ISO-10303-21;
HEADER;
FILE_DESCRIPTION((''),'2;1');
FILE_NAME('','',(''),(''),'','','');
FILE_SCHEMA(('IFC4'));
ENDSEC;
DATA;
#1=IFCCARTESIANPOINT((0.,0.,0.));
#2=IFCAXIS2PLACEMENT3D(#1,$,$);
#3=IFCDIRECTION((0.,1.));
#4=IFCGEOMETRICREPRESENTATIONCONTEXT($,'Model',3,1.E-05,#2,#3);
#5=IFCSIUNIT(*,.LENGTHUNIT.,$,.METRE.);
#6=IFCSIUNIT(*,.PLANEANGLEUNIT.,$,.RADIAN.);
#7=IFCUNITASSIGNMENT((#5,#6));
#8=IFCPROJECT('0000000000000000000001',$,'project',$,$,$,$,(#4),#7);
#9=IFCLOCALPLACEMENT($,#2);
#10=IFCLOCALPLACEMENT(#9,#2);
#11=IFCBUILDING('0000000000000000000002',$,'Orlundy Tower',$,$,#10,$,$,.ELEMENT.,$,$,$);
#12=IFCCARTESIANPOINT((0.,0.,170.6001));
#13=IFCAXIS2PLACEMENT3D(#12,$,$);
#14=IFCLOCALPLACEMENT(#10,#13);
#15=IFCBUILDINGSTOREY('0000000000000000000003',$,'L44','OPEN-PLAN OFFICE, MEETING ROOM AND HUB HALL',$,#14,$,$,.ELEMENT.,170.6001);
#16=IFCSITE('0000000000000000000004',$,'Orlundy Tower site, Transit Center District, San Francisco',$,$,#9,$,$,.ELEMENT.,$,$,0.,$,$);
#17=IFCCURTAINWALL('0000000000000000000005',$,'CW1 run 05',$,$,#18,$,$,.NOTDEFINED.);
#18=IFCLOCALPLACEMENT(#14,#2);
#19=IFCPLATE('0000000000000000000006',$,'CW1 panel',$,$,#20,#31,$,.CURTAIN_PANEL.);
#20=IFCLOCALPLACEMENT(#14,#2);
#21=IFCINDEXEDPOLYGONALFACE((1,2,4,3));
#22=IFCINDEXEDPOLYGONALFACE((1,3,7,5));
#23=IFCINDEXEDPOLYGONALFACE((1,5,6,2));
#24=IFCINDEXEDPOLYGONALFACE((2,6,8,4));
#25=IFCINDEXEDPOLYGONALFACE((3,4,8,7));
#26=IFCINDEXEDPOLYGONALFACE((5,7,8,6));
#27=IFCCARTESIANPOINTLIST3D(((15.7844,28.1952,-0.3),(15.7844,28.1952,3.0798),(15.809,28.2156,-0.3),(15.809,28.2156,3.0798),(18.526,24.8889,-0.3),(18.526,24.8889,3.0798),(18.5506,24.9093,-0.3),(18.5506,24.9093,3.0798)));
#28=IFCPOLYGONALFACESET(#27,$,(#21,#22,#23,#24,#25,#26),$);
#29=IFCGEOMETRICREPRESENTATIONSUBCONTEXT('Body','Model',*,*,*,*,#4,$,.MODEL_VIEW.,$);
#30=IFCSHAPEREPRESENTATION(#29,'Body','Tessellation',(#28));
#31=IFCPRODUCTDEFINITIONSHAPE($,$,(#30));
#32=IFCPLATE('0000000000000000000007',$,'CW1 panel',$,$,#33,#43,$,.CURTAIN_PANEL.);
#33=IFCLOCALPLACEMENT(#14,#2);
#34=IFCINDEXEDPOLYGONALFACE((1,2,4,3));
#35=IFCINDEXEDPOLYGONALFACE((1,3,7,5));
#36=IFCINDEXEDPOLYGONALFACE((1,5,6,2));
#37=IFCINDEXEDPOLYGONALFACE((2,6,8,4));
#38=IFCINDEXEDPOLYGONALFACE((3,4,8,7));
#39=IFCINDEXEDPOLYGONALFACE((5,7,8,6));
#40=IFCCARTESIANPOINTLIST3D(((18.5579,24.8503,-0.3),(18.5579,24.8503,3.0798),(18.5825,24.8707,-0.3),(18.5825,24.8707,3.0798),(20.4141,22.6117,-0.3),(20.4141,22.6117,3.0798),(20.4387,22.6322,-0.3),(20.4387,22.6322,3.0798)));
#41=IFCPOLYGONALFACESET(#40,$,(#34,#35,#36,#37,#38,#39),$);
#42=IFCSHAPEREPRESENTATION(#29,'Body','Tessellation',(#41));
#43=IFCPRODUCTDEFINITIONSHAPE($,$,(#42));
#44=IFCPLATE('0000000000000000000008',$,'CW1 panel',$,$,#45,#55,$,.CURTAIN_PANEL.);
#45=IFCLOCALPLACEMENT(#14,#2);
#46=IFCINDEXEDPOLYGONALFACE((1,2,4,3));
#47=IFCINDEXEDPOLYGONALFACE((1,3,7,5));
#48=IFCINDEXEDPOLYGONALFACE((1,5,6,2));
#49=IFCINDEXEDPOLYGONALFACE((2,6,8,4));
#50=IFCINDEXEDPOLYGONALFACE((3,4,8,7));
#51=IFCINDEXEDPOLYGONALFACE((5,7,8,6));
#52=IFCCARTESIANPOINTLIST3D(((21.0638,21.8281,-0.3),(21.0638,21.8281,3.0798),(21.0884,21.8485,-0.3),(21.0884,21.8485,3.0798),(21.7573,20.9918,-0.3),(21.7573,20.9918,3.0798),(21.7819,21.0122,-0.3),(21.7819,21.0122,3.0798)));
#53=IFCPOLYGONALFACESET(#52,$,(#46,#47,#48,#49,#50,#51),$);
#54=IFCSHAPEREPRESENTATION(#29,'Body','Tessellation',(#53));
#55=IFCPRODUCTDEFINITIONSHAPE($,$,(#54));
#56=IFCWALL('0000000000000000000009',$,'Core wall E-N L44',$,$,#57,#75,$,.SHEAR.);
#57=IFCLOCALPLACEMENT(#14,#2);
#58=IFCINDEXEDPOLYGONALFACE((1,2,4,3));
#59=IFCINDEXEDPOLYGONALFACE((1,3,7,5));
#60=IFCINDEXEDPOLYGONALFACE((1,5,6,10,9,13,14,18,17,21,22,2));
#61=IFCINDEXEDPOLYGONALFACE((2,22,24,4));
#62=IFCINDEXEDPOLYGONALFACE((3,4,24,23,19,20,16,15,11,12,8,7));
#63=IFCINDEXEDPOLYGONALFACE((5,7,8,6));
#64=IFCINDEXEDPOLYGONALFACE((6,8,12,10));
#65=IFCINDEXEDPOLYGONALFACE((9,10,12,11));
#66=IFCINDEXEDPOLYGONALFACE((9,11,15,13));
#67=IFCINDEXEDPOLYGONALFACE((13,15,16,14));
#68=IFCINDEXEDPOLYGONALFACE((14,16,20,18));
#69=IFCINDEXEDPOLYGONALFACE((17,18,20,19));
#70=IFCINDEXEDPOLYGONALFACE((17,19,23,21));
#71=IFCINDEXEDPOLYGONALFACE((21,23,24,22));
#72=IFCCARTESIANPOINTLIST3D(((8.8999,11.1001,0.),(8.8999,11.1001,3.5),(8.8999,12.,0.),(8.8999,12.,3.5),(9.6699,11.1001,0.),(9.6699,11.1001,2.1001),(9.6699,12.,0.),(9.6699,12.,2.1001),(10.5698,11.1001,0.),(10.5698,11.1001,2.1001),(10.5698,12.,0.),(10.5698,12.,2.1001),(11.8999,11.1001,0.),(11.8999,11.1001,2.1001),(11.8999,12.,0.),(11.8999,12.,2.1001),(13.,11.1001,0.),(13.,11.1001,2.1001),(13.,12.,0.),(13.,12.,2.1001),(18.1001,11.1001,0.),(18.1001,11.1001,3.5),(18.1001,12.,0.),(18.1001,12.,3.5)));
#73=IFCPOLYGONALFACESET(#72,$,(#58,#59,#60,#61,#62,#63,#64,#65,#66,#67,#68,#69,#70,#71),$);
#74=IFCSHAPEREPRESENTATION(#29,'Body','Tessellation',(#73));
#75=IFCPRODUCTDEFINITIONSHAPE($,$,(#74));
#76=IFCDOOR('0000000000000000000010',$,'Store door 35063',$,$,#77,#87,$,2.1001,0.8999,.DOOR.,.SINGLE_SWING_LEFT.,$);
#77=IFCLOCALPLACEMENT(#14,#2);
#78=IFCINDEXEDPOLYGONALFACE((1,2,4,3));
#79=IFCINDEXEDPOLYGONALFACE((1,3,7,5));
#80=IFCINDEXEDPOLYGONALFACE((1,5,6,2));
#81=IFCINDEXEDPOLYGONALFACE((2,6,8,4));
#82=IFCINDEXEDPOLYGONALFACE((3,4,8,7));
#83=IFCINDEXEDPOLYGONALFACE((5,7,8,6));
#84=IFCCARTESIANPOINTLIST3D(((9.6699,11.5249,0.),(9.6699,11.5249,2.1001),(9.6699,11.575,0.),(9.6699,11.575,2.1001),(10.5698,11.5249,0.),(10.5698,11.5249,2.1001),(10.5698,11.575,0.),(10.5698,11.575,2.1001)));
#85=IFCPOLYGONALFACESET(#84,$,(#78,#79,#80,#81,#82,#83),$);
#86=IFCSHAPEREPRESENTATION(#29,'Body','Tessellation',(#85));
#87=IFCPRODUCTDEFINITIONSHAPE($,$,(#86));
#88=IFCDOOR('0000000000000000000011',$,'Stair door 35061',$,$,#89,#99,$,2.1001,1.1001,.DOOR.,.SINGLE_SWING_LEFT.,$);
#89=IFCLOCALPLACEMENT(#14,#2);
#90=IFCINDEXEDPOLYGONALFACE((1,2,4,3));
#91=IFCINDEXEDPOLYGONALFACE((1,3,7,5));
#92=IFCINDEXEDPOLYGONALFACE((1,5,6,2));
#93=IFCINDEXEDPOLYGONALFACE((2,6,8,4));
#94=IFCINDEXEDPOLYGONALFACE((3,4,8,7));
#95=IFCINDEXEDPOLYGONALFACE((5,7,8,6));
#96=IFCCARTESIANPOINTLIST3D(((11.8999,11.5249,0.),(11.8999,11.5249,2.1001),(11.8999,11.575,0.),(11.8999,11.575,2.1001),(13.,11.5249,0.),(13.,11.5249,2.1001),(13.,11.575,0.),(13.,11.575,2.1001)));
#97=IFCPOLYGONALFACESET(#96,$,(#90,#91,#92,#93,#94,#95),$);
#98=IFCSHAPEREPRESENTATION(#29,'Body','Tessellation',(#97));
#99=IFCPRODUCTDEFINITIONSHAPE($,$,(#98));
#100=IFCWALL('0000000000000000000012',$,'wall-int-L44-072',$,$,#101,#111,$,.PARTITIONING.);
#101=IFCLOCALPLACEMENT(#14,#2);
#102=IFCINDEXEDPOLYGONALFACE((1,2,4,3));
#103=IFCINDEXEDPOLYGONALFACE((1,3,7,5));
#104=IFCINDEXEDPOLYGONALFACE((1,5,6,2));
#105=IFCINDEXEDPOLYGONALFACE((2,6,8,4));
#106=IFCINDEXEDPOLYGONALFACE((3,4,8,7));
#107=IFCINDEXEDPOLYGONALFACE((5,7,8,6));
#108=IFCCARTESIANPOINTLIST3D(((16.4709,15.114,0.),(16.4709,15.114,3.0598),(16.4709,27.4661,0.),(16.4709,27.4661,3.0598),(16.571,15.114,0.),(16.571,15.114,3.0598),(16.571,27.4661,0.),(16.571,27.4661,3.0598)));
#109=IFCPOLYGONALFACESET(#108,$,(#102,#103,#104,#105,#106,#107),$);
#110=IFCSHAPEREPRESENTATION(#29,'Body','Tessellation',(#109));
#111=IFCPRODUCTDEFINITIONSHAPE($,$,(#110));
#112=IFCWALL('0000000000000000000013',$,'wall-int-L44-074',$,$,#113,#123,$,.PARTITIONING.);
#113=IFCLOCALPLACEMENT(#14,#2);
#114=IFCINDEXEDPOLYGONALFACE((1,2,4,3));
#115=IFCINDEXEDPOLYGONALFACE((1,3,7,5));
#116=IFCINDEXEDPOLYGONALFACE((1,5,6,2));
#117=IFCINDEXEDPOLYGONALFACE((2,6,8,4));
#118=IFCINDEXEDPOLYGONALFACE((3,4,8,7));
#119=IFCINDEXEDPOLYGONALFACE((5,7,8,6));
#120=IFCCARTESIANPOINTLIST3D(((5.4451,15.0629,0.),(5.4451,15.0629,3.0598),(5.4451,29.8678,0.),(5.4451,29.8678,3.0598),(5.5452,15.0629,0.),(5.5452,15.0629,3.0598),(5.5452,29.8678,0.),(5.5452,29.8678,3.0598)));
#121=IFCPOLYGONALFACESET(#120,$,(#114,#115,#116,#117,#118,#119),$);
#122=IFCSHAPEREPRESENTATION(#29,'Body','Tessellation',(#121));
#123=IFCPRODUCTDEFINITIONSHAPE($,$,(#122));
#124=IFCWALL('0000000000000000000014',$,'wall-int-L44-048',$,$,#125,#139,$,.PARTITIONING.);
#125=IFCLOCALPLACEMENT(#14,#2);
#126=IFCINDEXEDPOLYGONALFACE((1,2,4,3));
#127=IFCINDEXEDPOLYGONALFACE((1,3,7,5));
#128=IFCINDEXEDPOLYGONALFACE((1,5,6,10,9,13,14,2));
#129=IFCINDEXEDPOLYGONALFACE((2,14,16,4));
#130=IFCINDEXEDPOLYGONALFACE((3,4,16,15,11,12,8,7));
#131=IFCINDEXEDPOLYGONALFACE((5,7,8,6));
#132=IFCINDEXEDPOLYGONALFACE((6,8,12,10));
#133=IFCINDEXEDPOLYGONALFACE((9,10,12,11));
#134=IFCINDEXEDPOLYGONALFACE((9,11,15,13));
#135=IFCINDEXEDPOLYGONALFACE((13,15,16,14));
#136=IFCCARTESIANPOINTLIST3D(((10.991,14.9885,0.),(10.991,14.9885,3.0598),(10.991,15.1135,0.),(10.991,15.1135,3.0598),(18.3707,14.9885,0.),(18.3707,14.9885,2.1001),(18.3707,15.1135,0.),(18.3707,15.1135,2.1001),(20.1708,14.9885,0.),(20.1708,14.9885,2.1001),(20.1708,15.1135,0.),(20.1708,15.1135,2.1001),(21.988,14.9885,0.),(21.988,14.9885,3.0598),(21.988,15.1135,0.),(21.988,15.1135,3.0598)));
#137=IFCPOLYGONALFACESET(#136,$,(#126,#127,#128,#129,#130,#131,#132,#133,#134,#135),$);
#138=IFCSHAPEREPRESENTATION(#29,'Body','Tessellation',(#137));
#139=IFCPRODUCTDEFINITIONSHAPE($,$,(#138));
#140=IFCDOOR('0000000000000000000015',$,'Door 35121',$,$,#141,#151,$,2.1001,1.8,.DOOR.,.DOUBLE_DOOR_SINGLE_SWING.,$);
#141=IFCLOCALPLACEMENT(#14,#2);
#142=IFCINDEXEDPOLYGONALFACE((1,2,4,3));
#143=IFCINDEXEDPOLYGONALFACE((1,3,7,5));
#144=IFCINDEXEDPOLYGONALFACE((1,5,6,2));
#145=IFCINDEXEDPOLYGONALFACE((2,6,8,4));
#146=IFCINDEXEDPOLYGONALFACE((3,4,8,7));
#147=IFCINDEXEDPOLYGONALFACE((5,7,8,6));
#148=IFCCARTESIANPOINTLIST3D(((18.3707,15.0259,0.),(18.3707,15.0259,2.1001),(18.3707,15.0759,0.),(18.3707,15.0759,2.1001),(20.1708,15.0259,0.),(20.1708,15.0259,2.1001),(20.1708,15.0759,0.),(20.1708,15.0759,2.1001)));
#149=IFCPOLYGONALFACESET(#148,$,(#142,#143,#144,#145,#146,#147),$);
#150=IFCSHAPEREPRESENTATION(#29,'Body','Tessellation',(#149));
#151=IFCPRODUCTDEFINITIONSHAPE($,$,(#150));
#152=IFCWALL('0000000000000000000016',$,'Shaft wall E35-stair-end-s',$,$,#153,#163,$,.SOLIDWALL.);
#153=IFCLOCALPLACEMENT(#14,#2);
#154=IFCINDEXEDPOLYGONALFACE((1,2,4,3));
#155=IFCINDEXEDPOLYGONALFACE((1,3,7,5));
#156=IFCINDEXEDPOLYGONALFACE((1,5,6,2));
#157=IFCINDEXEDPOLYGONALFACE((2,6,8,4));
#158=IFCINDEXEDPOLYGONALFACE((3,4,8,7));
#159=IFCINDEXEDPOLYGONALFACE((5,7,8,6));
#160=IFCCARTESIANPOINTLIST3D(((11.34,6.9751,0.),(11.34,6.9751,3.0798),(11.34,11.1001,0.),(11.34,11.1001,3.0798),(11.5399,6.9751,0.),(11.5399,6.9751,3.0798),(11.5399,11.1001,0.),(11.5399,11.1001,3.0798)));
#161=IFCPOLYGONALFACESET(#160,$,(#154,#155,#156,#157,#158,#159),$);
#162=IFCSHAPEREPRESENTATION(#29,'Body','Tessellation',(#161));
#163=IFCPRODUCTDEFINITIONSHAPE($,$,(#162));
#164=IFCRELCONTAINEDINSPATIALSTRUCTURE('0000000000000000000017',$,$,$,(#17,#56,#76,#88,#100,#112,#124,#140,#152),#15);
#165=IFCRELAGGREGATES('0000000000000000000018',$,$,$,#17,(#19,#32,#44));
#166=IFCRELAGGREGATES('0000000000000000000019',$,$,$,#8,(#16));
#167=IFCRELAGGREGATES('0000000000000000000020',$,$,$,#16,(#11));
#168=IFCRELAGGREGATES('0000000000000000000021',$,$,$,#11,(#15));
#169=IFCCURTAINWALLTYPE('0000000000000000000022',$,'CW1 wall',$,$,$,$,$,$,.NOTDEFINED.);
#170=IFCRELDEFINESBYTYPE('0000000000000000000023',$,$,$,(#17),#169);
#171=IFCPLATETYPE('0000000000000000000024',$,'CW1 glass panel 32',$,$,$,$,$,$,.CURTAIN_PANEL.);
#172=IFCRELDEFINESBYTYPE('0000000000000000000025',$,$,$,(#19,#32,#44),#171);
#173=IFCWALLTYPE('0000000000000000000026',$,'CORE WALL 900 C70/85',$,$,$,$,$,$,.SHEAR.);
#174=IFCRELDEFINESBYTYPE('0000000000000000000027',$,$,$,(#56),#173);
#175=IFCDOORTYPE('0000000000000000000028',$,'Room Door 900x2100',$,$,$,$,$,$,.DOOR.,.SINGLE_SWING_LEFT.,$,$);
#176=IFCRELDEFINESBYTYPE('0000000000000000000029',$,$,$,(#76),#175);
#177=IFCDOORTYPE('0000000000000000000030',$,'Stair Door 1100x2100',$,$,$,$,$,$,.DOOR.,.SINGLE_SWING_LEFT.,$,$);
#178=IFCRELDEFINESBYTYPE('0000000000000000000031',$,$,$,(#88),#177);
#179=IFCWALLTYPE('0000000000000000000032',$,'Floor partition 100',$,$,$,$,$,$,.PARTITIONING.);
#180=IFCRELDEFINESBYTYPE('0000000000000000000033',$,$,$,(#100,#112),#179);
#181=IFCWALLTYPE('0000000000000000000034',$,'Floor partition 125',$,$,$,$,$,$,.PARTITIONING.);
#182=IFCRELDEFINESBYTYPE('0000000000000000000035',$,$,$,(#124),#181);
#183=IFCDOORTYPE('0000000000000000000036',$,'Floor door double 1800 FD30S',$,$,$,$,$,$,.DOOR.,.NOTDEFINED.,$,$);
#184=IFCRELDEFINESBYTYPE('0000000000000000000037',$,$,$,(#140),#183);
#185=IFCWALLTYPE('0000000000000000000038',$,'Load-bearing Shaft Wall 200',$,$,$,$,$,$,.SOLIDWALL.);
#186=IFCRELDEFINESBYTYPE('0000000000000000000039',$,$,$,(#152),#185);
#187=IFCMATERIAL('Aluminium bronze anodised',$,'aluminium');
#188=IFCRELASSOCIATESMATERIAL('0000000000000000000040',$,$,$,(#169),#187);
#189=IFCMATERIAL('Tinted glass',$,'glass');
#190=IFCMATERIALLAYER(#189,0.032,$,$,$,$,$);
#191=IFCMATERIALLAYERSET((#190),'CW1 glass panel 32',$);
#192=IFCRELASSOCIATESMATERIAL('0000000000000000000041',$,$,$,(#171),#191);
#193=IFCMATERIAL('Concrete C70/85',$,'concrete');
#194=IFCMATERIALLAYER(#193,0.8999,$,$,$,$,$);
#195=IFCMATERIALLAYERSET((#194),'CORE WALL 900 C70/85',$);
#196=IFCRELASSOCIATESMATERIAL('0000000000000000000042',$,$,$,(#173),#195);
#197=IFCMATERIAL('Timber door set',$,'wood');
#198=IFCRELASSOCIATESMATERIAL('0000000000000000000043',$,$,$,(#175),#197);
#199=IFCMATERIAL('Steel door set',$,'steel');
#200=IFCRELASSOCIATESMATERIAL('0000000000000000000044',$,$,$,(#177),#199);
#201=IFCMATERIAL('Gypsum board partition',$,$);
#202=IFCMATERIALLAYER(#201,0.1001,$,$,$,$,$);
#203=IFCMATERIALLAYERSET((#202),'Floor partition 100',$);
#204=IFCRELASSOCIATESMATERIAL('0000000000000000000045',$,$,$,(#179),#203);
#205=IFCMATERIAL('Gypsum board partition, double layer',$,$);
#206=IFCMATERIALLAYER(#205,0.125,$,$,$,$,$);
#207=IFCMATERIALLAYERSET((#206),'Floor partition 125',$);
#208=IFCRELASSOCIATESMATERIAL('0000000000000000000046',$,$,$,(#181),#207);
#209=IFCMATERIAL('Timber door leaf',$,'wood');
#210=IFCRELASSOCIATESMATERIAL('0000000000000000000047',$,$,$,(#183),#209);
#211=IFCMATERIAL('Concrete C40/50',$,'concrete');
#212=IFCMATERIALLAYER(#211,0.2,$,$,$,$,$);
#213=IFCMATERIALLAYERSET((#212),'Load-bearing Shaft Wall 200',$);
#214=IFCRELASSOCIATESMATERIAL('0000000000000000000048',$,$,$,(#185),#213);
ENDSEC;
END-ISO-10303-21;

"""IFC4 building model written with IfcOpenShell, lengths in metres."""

from ifc_helpers import new_model, si_unit, direction, frame, frame_2d, origin, origin_2d, place, context, subcontext, project, spatial, rectangle, extrude, material, layer, layer_set, type_object, element, fill, aggregate, save


model = new_model("IFC4")

# Units and contexts
model_context = context("Model", 3, precision=1e-05, world=origin(), true_north=direction((0.0, 1.0)))
body_context = subcontext(model_context, "Body", "Model", "MODEL_VIEW")
ifc_project = project(units=[si_unit("LENGTHUNIT", "METRE"), si_unit("PLANEANGLEUNIT", "RADIAN")], contexts=[model_context])

# Site, building, storey
site_placement = place(None, origin())
site = spatial("IfcSite", under=ifc_project, at=site_placement, Name="Orlundy Tower site, Transit Center District, San Francisco", CompositionType="ELEMENT", RefElevation=0.0)
building_placement = place(site_placement, origin())
building = spatial("IfcBuilding", under=site, at=building_placement, Name="Orlundy Tower", CompositionType="ELEMENT")
storey_placement = place(building_placement, frame((0.0, 0.0, 170.6001)))
storey = spatial("IfcBuildingStorey", under=building, at=storey_placement, Name="L44", Description="OPEN-PLAN OFFICE, MEETING ROOM AND HUB HALL", CompositionType="ELEMENT", Elevation=170.6001)

# Curtain wall
ifc_material_1 = material(Name="Aluminium bronze anodised", Category="aluminium")
curtain_wall_type = type_object("IfcCurtainWallType", Name="CW1 wall", PredefinedType="NOTDEFINED", material=ifc_material_1)
curtain_wall_1_placement = place(storey_placement, origin())
curtain_wall_1 = element("IfcCurtainWall", 1, at=curtain_wall_1_placement, inside=storey, type_object=curtain_wall_type, Name="CW1 run 05", PredefinedType="NOTDEFINED")

# Plates
ifc_material_2 = material(Name="Tinted glass", Category="glass")
ifc_layer_1 = layer(ifc_material_2, 0.032)
ifc_layer_set_1 = layer_set([ifc_layer_1], Name="CW1 glass panel 32")
plate_type = type_object("IfcPlateType", Name="CW1 glass panel 32", PredefinedType="CURTAIN_PANEL", material=ifc_layer_set_1)
plate_1_placement = place(storey_placement, frame((17.1675, 26.5522, -0.3), z_axis=(0.0, 0.0, 1.0), x_axis=(0.638299, -0.769788, 0.0)))
plate_1 = element("IfcPlate", 2, at=plate_1_placement, type_object=plate_type, Name="CW1 panel", PredefinedType="CURTAIN_PANEL", context=body_context, shape_type="SweptSolid", body=[
    extrude(rectangle(XDim=4.2952, YDim=0.032, at=origin_2d()), origin(), (0.0, 0.0, 1.0), 3.3799),
])
plate_2_placement = place(storey_placement, frame((19.4983, 23.7412, -0.3), z_axis=(0.0, 0.0, 1.0), x_axis=(0.638299, -0.769788, 0.0)))
plate_2 = element("IfcPlate", 3, at=plate_2_placement, type_object=plate_type, Name="CW1 panel", PredefinedType="CURTAIN_PANEL", context=body_context, shape_type="SweptSolid", body=[
    extrude(rectangle(XDim=2.908, YDim=0.032, at=origin_2d()), origin(), (0.0, 0.0, 1.0), 3.3799),
])
plate_3_placement = place(storey_placement, frame((21.4229, 21.4202, -0.3), z_axis=(0.0, 0.0, 1.0), x_axis=(0.638299, -0.769788, 0.0)))
plate_3 = element("IfcPlate", 4, at=plate_3_placement, type_object=plate_type, Name="CW1 panel", PredefinedType="CURTAIN_PANEL", context=body_context, shape_type="SweptSolid", body=[
    extrude(rectangle(XDim=1.0864, YDim=0.032, at=origin_2d()), origin(), (0.0, 0.0, 1.0), 3.3799),
])
aggregate(curtain_wall_1, [plate_1, plate_2, plate_3])

# Wall, openings, doors
ifc_material_3 = material(Name="Concrete C70/85", Category="concrete")
ifc_layer_2 = layer(ifc_material_3, 0.8999)
ifc_layer_set_2 = layer_set([ifc_layer_2], Name="CORE WALL 900 C70/85")
wall_type_1 = type_object("IfcWallType", Name="CORE WALL 900 C70/85", PredefinedType="SHEAR", material=ifc_layer_set_2)
wall_1_placement = place(storey_placement, frame((8.8999, 11.55, 0.0), z_axis=(0.0, 0.0, 1.0), x_axis=(1.0, 0.0, 0.0)))
wall_1 = element("IfcWall", 5, at=wall_1_placement, inside=storey, type_object=wall_type_1, Name="Core wall E-N L44", PredefinedType="SHEAR", context=body_context, shape_type="SweptSolid", body=[
    extrude(rectangle(XDim=9.2002, YDim=0.8999, at=frame_2d((4.6001, 0.0))), origin(), (0.0, 0.0, 1.0), 3.5),
])
opening_1_placement = place(wall_1_placement, frame((3.0, 0.0, 0.0)))
opening_1 = element("IfcOpeningElement", 6, at=opening_1_placement, cuts=wall_1, PredefinedType="OPENING", context=body_context, shape_type="SweptSolid", body=[
    extrude(rectangle(XDim=1.1001, YDim=2.1001, at=frame_2d((0.55, 1.05))), frame((0.0, 0.46, 0.0), z_axis=(0.0, -1.0, 0.0), x_axis=(1.0, 0.0, 0.0)), (0.0, 0.0, 1.0), 0.9199),
])
opening_2_placement = place(wall_1_placement, frame((0.77, 0.0, 0.0)))
opening_2 = element("IfcOpeningElement", 7, at=opening_2_placement, cuts=wall_1, PredefinedType="OPENING", context=body_context, shape_type="SweptSolid", body=[
    extrude(rectangle(XDim=0.8999, YDim=2.1001, at=frame_2d((0.45, 1.05))), frame((0.0, 0.46, 0.0), z_axis=(0.0, -1.0, 0.0), x_axis=(1.0, 0.0, 0.0)), (0.0, 0.0, 1.0), 0.9199),
])
ifc_material_4 = material(Name="Timber door set", Category="wood")
door_type_1 = type_object("IfcDoorType", Name="Room Door 900x2100", OperationType="SINGLE_SWING_LEFT", PredefinedType="DOOR", material=ifc_material_4)
door_1_placement = place(opening_2_placement, origin())
door_1 = element("IfcDoor", 8, at=door_1_placement, inside=storey, type_object=door_type_1, Name="Store door 35063", OperationType="SINGLE_SWING_LEFT", OverallHeight=2.1001, OverallWidth=0.8999, PredefinedType="DOOR", context=body_context, shape_type="SweptSolid", body=[
    extrude(rectangle(XDim=0.8999, YDim=2.1001, at=frame_2d((0.45, 1.05))), frame((0.0, 0.0249, 0.0), z_axis=(0.0, -1.0, 0.0), x_axis=(1.0, 0.0, 0.0)), (0.0, 0.0, 1.0), 0.05),
])
fill(opening_2, door_1)
ifc_material_5 = material(Name="Steel door set", Category="steel")
door_type_2 = type_object("IfcDoorType", Name="Stair Door 1100x2100", OperationType="SINGLE_SWING_LEFT", PredefinedType="DOOR", material=ifc_material_5)
door_2_placement = place(opening_1_placement, origin())
door_2 = element("IfcDoor", 9, at=door_2_placement, inside=storey, type_object=door_type_2, Name="Stair door 35061", OperationType="SINGLE_SWING_LEFT", OverallHeight=2.1001, OverallWidth=1.1001, PredefinedType="DOOR", context=body_context, shape_type="SweptSolid", body=[
    extrude(rectangle(XDim=1.1001, YDim=2.1001, at=frame_2d((0.55, 1.05))), frame((0.0, 0.0249, 0.0), z_axis=(0.0, -1.0, 0.0), x_axis=(1.0, 0.0, 0.0)), (0.0, 0.0, 1.0), 0.05),
])
fill(opening_1, door_2)

# Walls
ifc_material_6 = material(Name="Gypsum board partition")
ifc_layer_3 = layer(ifc_material_6, 0.1001)
ifc_layer_set_3 = layer_set([ifc_layer_3], Name="Floor partition 100")
wall_type_2 = type_object("IfcWallType", Name="Floor partition 100", PredefinedType="PARTITIONING", material=ifc_layer_set_3)
wall_2_placement = place(storey_placement, frame((16.521, 15.114, 0.0), z_axis=(0.0, 0.0, 1.0), x_axis=(0.0, 1.0, 0.0)))
element("IfcWall", 10, at=wall_2_placement, inside=storey, type_object=wall_type_2, Name="wall-int-L44-072", PredefinedType="PARTITIONING", context=body_context, shape_type="SweptSolid", body=[
    extrude(rectangle(XDim=12.3521, YDim=0.1001, at=frame_2d((6.176, 0.0))), origin(), (0.0, 0.0, 1.0), 3.0598),
])
wall_3_placement = place(storey_placement, frame((5.4951, 15.063, 0.0), z_axis=(0.0, 0.0, 1.0), x_axis=(0.0, 1.0, 0.0)))
element("IfcWall", 11, at=wall_3_placement, inside=storey, type_object=wall_type_2, Name="wall-int-L44-074", PredefinedType="PARTITIONING", context=body_context, shape_type="SweptSolid", body=[
    extrude(rectangle(XDim=14.8049, YDim=0.1001, at=frame_2d((7.4023, 0.0))), origin(), (0.0, 0.0, 1.0), 3.0598),
])

# Wall, opening, door
ifc_material_7 = material(Name="Gypsum board partition, double layer")
ifc_layer_4 = layer(ifc_material_7, 0.125)
ifc_layer_set_4 = layer_set([ifc_layer_4], Name="Floor partition 125")
wall_type_3 = type_object("IfcWallType", Name="Floor partition 125", PredefinedType="PARTITIONING", material=ifc_layer_set_4)
wall_4_placement = place(storey_placement, frame((10.991, 15.051, 0.0), z_axis=(0.0, 0.0, 1.0), x_axis=(1.0, 0.0, 0.0)))
wall_4 = element("IfcWall", 12, at=wall_4_placement, inside=storey, type_object=wall_type_3, Name="wall-int-L44-048", PredefinedType="PARTITIONING", context=body_context, shape_type="SweptSolid", body=[
    extrude(rectangle(XDim=10.9971, YDim=0.125, at=frame_2d((5.4985, 0.0))), origin(), (0.0, 0.0, 1.0), 3.0598),
])
opening_3_placement = place(wall_4_placement, frame((7.3799, 0.0, 0.0)))
opening_3 = element("IfcOpeningElement", 13, at=opening_3_placement, cuts=wall_4, PredefinedType="OPENING", context=body_context, shape_type="SweptSolid", body=[
    extrude(rectangle(XDim=1.8, YDim=2.1001, at=frame_2d((0.8999, 1.05))), frame((0.0, 0.0725, 0.0), z_axis=(0.0, -1.0, 0.0), x_axis=(1.0, 0.0, 0.0)), (0.0, 0.0, 1.0), 0.145),
])
ifc_material_8 = material(Name="Timber door leaf", Category="wood")
door_type_3 = type_object("IfcDoorType", Name="Floor door double 1800 FD30S", OperationType="NOTDEFINED", PredefinedType="DOOR", material=ifc_material_8)
door_3_placement = place(opening_3_placement, origin())
door_3 = element("IfcDoor", 14, at=door_3_placement, inside=storey, type_object=door_type_3, Name="Door 35121", OperationType="DOUBLE_DOOR_SINGLE_SWING", OverallHeight=2.1001, OverallWidth=1.8, PredefinedType="DOOR", context=body_context, shape_type="SweptSolid", body=[
    extrude(rectangle(XDim=1.8, YDim=2.1001, at=frame_2d((0.8999, 1.05))), frame((0.0, 0.0249, 0.0), z_axis=(0.0, -1.0, 0.0), x_axis=(1.0, 0.0, 0.0)), (0.0, 0.0, 1.0), 0.05),
])
fill(opening_3, door_3)

# Wall
ifc_material_9 = material(Name="Concrete C40/50", Category="concrete")
ifc_layer_5 = layer(ifc_material_9, 0.2)
ifc_layer_set_5 = layer_set([ifc_layer_5], Name="Load-bearing Shaft Wall 200")
wall_type_4 = type_object("IfcWallType", Name="Load-bearing Shaft Wall 200", PredefinedType="SOLIDWALL", material=ifc_layer_set_5)
wall_5_placement = place(storey_placement, frame((11.4399, 11.1001, 0.0), z_axis=(0.0, 0.0, 1.0), x_axis=(0.0, -1.0, 0.0)))
element("IfcWall", 15, at=wall_5_placement, inside=storey, type_object=wall_type_4, Name="Shaft wall E35-stair-end-s", PredefinedType="SOLIDWALL", context=body_context, shape_type="SweptSolid", body=[
    extrude(rectangle(XDim=4.125, YDim=0.2, at=frame_2d((2.0625, 0.0))), origin(), (0.0, 0.0, 1.0), 3.0798),
])

save(model, "model.ifc")
